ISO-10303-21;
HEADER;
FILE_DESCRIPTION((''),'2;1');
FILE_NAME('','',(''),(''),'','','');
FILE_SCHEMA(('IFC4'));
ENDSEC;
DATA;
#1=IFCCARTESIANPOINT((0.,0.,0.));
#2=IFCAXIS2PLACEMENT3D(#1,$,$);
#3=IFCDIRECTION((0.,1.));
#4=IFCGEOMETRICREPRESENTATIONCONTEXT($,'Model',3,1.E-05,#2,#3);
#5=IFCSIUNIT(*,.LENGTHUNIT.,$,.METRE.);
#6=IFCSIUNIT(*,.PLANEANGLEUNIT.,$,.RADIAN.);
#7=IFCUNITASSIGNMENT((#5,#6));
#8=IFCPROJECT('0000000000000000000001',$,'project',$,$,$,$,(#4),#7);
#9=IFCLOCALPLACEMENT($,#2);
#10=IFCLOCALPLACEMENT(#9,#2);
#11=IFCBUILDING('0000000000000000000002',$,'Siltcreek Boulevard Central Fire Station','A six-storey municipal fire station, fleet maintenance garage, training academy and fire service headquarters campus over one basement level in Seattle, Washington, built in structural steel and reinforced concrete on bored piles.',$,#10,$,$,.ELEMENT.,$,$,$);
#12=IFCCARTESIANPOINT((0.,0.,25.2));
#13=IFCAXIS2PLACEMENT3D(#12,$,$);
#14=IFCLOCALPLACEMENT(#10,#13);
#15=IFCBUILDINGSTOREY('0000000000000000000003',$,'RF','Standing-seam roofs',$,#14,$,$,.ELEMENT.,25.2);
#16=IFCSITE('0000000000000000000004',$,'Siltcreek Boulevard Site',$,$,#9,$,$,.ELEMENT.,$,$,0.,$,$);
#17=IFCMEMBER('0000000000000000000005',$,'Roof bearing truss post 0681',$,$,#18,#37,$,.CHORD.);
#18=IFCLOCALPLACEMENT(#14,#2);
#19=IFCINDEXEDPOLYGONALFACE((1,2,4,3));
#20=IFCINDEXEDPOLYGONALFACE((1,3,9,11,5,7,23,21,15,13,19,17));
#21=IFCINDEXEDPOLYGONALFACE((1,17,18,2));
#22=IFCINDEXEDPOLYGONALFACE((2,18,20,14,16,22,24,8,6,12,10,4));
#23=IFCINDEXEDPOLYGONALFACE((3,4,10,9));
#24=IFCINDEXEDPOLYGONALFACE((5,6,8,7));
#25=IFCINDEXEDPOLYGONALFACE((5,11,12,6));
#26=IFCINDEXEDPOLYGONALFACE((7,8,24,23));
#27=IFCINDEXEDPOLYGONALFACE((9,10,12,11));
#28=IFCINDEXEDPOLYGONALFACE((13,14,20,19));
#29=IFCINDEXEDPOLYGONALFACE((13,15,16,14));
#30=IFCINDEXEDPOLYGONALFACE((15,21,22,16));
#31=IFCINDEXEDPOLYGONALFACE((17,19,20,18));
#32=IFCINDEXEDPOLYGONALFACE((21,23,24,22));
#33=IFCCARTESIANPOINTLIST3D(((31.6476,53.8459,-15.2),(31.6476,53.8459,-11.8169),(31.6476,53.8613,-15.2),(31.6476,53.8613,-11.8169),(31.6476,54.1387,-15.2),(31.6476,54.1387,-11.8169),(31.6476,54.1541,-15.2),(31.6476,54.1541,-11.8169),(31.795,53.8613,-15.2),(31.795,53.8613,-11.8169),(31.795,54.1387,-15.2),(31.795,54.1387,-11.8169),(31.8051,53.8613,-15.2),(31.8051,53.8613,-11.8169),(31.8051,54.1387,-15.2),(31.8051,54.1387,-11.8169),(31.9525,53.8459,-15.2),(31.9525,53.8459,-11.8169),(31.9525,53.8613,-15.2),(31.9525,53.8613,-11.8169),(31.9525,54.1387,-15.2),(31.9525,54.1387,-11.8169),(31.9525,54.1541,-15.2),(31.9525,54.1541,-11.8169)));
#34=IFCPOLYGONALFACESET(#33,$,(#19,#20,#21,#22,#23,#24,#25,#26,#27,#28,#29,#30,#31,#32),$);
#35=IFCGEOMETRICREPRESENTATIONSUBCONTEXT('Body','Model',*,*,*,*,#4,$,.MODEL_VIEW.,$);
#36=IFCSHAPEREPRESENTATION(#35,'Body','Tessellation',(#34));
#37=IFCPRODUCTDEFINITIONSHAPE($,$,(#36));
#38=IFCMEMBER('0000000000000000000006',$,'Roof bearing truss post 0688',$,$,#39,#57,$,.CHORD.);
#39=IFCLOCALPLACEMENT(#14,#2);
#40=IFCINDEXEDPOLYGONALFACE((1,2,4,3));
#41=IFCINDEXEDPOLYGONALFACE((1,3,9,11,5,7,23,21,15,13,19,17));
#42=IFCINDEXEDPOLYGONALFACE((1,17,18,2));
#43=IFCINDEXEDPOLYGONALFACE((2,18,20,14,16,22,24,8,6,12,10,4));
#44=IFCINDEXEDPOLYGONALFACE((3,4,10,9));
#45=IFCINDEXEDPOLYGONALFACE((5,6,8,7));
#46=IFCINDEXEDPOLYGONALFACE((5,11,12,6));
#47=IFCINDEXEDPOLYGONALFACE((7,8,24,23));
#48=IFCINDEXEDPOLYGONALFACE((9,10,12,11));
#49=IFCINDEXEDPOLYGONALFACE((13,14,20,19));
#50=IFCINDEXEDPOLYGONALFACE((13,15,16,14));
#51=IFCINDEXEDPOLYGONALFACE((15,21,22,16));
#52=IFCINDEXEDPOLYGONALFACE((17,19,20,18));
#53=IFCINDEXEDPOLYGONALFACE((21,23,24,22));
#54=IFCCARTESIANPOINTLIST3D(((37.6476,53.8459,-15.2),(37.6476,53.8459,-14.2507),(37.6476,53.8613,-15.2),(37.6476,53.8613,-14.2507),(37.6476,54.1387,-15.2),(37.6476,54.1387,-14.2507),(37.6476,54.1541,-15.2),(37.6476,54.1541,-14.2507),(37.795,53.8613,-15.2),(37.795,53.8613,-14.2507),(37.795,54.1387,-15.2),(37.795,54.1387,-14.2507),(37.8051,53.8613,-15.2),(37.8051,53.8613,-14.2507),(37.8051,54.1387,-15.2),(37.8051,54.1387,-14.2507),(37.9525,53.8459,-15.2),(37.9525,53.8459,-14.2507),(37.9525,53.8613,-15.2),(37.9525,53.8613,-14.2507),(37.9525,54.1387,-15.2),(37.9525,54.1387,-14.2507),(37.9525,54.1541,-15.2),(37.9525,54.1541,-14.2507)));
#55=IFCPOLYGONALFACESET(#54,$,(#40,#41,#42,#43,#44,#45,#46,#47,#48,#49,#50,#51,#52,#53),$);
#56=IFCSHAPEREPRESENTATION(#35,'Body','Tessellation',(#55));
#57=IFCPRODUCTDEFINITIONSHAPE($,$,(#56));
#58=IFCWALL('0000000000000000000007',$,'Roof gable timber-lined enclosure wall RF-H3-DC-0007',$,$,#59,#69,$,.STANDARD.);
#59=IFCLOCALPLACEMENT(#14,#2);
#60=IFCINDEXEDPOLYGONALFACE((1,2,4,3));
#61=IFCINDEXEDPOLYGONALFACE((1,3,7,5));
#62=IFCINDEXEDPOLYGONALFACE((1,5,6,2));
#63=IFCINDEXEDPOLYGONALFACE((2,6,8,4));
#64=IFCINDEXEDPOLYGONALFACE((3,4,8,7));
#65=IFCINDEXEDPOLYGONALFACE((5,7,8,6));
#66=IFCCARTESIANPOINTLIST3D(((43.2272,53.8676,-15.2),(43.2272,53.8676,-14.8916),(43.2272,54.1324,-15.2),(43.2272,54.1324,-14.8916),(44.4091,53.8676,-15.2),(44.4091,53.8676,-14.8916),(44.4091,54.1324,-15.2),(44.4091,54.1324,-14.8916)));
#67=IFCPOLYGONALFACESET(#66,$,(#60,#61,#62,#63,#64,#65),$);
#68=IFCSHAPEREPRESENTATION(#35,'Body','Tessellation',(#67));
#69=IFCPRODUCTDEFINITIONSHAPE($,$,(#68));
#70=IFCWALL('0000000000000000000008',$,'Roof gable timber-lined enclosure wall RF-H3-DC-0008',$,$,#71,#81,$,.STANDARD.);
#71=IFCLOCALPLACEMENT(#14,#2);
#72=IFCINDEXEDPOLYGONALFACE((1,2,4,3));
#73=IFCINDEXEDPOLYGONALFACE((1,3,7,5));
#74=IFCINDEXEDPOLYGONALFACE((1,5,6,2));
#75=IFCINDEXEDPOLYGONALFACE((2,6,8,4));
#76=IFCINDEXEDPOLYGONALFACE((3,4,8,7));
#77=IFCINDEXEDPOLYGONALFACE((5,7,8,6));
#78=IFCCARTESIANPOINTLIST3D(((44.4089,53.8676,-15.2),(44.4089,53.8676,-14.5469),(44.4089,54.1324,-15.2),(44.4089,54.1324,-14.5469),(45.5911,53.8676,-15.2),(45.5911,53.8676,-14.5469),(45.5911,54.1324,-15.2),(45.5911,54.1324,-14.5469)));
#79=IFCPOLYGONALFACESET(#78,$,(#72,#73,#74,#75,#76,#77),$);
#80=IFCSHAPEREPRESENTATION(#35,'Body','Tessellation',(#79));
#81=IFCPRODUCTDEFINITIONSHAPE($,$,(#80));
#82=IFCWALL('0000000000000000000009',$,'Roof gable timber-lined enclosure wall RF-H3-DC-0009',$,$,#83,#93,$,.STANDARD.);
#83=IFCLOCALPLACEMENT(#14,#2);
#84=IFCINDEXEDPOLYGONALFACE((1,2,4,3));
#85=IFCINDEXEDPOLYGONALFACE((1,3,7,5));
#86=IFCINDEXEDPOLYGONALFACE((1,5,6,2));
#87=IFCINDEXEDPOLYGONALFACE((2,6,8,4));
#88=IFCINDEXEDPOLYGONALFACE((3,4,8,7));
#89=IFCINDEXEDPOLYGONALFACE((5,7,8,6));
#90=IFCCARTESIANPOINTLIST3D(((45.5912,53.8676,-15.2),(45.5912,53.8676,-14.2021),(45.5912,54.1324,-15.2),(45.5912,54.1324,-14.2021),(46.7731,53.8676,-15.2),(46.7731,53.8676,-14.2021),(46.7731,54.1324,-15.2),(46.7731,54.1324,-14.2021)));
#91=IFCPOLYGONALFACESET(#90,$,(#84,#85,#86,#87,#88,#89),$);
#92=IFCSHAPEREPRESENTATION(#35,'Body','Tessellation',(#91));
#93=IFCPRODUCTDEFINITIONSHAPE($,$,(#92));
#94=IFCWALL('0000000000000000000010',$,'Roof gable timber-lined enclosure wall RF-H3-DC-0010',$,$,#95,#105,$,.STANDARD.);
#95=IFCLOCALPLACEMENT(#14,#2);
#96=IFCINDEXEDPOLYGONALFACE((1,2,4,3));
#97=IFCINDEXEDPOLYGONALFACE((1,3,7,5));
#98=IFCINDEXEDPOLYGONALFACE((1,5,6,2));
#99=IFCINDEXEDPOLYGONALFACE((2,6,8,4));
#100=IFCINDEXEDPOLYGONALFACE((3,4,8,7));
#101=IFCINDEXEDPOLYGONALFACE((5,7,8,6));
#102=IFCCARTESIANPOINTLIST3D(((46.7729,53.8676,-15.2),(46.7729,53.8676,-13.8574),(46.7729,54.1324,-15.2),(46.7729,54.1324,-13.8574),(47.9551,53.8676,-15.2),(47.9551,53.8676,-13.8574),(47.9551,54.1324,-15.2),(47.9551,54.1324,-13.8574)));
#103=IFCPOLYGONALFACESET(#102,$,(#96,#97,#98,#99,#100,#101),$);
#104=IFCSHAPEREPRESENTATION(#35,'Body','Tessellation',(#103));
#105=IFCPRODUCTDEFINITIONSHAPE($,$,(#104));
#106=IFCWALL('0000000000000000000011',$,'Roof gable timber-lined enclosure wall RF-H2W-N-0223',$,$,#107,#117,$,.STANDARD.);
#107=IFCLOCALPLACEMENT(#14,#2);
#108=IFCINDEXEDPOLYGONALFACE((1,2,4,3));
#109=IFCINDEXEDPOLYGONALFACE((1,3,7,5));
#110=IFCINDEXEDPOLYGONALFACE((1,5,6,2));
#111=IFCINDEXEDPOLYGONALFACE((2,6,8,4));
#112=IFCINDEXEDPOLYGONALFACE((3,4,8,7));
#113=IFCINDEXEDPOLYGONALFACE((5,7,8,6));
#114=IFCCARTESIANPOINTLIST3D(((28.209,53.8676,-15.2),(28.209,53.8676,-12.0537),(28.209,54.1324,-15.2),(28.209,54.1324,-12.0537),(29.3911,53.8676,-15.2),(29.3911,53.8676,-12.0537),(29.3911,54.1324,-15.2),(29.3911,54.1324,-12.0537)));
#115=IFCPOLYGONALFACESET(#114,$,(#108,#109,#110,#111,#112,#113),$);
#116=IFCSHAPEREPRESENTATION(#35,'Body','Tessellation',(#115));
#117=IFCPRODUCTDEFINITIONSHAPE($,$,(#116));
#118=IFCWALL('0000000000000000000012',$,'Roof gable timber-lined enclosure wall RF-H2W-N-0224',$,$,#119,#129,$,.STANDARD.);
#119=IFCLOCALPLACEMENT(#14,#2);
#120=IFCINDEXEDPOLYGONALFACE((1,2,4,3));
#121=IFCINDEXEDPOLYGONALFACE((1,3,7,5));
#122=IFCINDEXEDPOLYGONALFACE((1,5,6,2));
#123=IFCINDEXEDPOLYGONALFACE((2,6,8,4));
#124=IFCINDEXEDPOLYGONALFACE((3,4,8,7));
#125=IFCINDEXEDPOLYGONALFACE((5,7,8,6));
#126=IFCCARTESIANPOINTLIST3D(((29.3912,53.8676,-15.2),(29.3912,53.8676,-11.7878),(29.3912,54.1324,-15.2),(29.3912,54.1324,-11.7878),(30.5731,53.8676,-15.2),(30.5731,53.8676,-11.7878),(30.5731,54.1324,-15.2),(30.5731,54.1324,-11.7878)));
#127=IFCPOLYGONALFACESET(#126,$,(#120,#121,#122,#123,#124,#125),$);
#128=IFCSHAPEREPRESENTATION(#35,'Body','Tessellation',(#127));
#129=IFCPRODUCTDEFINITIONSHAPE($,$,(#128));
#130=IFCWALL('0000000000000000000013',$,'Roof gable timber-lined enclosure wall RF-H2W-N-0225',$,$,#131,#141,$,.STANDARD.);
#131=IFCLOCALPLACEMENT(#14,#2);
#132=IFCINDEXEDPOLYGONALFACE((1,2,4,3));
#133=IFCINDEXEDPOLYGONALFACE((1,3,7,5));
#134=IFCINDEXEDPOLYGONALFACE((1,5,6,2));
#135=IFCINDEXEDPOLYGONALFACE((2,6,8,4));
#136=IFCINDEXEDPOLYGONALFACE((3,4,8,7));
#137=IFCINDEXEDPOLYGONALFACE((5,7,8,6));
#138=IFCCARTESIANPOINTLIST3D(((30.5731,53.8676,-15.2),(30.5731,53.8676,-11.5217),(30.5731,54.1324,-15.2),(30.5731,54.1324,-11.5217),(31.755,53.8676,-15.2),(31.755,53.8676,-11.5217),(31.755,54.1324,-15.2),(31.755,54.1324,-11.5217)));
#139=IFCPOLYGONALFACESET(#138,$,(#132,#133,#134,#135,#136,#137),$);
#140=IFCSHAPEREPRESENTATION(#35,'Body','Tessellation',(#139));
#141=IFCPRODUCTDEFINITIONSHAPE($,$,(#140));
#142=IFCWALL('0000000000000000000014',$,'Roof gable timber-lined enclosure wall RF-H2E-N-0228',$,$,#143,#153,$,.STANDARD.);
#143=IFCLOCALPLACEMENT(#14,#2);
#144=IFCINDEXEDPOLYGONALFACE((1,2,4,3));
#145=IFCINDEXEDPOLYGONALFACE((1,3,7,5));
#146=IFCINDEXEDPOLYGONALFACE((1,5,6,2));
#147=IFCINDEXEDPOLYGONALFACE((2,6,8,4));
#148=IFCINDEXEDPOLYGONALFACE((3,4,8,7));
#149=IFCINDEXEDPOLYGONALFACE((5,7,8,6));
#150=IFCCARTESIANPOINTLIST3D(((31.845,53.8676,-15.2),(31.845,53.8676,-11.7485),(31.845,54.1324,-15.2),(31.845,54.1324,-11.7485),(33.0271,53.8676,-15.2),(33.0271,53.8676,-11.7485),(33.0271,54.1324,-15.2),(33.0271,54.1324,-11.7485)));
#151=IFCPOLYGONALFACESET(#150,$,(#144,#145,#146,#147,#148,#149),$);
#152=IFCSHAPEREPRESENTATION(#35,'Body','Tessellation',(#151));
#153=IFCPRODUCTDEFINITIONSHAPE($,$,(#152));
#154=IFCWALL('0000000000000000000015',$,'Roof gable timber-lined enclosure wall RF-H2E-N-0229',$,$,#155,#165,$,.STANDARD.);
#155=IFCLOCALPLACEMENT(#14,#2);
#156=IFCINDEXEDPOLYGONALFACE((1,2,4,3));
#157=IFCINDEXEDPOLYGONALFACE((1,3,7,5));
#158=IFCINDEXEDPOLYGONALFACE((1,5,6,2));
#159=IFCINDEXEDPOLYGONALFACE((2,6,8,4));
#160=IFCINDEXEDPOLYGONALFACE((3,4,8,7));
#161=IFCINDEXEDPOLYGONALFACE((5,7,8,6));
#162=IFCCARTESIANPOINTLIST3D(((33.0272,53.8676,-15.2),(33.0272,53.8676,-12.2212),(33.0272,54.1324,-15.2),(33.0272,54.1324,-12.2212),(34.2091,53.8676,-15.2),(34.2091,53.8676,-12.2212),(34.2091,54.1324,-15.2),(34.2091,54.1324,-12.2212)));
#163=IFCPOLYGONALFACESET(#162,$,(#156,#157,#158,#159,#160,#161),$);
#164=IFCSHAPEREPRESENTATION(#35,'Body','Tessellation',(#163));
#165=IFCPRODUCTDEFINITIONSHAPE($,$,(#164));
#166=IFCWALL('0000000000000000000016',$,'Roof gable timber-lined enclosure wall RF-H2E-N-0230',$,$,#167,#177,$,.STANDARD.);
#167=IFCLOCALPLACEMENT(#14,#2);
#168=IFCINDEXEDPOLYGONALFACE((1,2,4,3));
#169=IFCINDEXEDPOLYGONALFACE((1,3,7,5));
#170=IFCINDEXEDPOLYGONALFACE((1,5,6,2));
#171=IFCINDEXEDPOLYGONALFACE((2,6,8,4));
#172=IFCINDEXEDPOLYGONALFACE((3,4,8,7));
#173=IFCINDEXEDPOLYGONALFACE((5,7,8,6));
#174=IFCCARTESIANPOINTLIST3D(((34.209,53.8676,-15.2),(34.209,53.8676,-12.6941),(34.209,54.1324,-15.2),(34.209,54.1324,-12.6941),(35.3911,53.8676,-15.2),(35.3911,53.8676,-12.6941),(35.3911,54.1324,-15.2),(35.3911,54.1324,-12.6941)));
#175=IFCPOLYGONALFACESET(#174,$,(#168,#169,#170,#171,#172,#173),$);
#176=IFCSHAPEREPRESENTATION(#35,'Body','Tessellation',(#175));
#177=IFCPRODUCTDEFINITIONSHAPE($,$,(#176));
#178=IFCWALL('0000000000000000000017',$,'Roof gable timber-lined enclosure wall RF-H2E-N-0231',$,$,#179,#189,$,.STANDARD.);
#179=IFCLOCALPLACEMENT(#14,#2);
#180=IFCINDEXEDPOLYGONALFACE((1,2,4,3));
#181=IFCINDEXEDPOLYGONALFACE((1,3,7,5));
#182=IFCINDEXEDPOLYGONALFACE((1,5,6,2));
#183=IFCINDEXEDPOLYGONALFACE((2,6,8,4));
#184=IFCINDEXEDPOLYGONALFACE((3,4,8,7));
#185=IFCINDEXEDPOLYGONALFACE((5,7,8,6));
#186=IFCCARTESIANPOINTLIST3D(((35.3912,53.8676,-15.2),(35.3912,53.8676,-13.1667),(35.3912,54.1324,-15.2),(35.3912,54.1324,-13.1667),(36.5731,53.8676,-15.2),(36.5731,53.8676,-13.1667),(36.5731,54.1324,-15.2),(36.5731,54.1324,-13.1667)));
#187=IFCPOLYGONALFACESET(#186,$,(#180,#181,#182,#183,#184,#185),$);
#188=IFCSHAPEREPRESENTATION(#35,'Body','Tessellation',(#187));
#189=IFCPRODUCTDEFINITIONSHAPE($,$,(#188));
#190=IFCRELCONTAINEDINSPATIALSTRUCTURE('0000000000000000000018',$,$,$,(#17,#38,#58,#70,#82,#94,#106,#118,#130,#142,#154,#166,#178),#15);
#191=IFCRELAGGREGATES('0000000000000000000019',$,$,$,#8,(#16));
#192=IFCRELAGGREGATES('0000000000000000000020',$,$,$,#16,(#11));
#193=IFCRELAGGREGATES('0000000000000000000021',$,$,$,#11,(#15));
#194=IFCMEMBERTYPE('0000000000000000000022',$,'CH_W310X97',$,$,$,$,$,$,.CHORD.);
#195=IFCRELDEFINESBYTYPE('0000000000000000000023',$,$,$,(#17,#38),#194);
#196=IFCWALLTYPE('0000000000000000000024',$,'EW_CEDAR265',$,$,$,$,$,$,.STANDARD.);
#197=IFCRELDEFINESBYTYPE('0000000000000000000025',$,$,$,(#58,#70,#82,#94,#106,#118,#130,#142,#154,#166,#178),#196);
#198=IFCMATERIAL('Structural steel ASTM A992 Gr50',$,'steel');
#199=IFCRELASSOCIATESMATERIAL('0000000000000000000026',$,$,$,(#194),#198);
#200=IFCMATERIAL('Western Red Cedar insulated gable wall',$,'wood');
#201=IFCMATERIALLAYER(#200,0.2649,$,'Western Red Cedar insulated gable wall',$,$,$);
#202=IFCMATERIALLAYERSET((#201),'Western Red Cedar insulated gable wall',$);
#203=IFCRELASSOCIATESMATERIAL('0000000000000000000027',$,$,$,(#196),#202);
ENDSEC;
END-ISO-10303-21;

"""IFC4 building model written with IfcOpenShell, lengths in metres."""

from ifc_helpers import new_model, si_unit, direction, frame, frame_2d, origin, origin_2d, place, context, subcontext, project, spatial, rectangle, i_section, extrude, material, layer, layer_set, material_profile, profile_set, type_object, element, save


model = new_model("IFC4")

# Units and contexts
model_context = context("Model", 3, precision=1e-05, world=origin(), true_north=direction((0.0, 1.0)))
body_context = subcontext(model_context, "Body", "Model", "MODEL_VIEW")
ifc_project = project(units=[si_unit("LENGTHUNIT", "METRE"), si_unit("PLANEANGLEUNIT", "RADIAN")], contexts=[model_context])

# Site, building, storey
site_placement = place(None, origin())
site = spatial("IfcSite", under=ifc_project, at=site_placement, Name="Siltcreek Boulevard Site", CompositionType="ELEMENT", RefElevation=0.0)
building_placement = place(site_placement, origin())
building = spatial("IfcBuilding", under=site, at=building_placement, Name="Siltcreek Boulevard Central Fire Station", Description="A six-storey municipal fire station, fleet maintenance garage, training academy and fire service headquarters campus over one basement level in Seattle, Washington, built in structural steel and reinforced concrete on bored piles.", CompositionType="ELEMENT")
storey_placement = place(building_placement, frame((0.0, 0.0, 25.2)))
storey = spatial("IfcBuildingStorey", under=building, at=storey_placement, Name="RF", Description="Standing-seam roofs", CompositionType="ELEMENT", Elevation=25.2)

# Members
ifc_material_1 = material(Name="Structural steel ASTM A992 Gr50", Category="steel")
ifc_material_profile = material_profile(ifc_material_1, i_section(OverallWidth=0.3049, OverallDepth=0.3081, WebThickness=0.01, FlangeThickness=0.0154, at=origin_2d()), Name="W310X97")
ifc_profile_set = profile_set([ifc_material_profile], Name="Structural steel ASTM A992 Gr50")
member_type = type_object("IfcMemberType", Name="CH_W310X97", PredefinedType="CHORD", material=ifc_profile_set)
member_1_placement = place(storey_placement, frame((31.8, 54.0, -15.2), z_axis=(0.0, 0.0, 1.0), x_axis=(1.0, 0.0, 0.0)))
element("IfcMember", 1, at=member_1_placement, inside=storey, type_object=member_type, Name="Roof bearing truss post 0681", PredefinedType="CHORD", context=body_context, shape_type="SweptSolid", body=[
    extrude(i_section(OverallWidth=0.3049, OverallDepth=0.3081, WebThickness=0.01, FlangeThickness=0.0154, at=origin_2d()), origin(), (0.0, 0.0, 1.0), 3.3831),
])
member_2_placement = place(storey_placement, frame((37.8, 54.0, -15.2), z_axis=(0.0, 0.0, 1.0), x_axis=(1.0, 0.0, 0.0)))
element("IfcMember", 2, at=member_2_placement, inside=storey, type_object=member_type, Name="Roof bearing truss post 0688", PredefinedType="CHORD", context=body_context, shape_type="SweptSolid", body=[
    extrude(i_section(OverallWidth=0.3049, OverallDepth=0.3081, WebThickness=0.01, FlangeThickness=0.0154, at=origin_2d()), origin(), (0.0, 0.0, 1.0), 0.9492),
])

# Walls
ifc_material_2 = material(Name="Western Red Cedar insulated gable wall", Category="wood")
ifc_layer_1 = layer(ifc_material_2, 0.2649, Name="Western Red Cedar insulated gable wall")
ifc_layer_set_1 = layer_set([ifc_layer_1], Name="Western Red Cedar insulated gable wall")
wall_type = type_object("IfcWallType", Name="EW_CEDAR265", PredefinedType="STANDARD", material=ifc_layer_set_1)
wall_1_placement = place(storey_placement, frame((44.4089, 54.0, -15.2), z_axis=(0.0, 0.0, 1.0), x_axis=(-1.0, 0.0, 0.0)))
element("IfcWall", 3, at=wall_1_placement, inside=storey, type_object=wall_type, Name="Roof gable timber-lined enclosure wall RF-H3-DC-0007", PredefinedType="STANDARD", context=body_context, shape_type="SweptSolid", body=[
    extrude(rectangle(XDim=1.1819, YDim=0.2649, at=frame_2d((0.5908, 0.0))), origin(), (0.0, 0.0, 1.0), 0.3083),
])
wall_2_placement = place(storey_placement, frame((45.5911, 54.0, -15.2), z_axis=(0.0, 0.0, 1.0), x_axis=(-1.0, 0.0, 0.0)))
element("IfcWall", 4, at=wall_2_placement, inside=storey, type_object=wall_type, Name="Roof gable timber-lined enclosure wall RF-H3-DC-0008", PredefinedType="STANDARD", context=body_context, shape_type="SweptSolid", body=[
    extrude(rectangle(XDim=1.1821, YDim=0.2649, at=frame_2d((0.5911, 0.0))), origin(), (0.0, 0.0, 1.0), 0.6531),
])
wall_3_placement = place(storey_placement, frame((46.7729, 54.0, -15.2), z_axis=(0.0, 0.0, 1.0), x_axis=(-1.0, 0.0, 0.0)))
element("IfcWall", 5, at=wall_3_placement, inside=storey, type_object=wall_type, Name="Roof gable timber-lined enclosure wall RF-H3-DC-0009", PredefinedType="STANDARD", context=body_context, shape_type="SweptSolid", body=[
    extrude(rectangle(XDim=1.1819, YDim=0.2649, at=frame_2d((0.5908, 0.0))), origin(), (0.0, 0.0, 1.0), 0.9978),
])
wall_4_placement = place(storey_placement, frame((47.9551, 54.0, -15.2), z_axis=(0.0, 0.0, 1.0), x_axis=(-1.0, 0.0, 0.0)))
element("IfcWall", 6, at=wall_4_placement, inside=storey, type_object=wall_type, Name="Roof gable timber-lined enclosure wall RF-H3-DC-0010", PredefinedType="STANDARD", context=body_context, shape_type="SweptSolid", body=[
    extrude(rectangle(XDim=1.1821, YDim=0.2649, at=frame_2d((0.5911, 0.0))), origin(), (0.0, 0.0, 1.0), 1.3425),
])
wall_5_placement = place(storey_placement, frame((29.3911, 54.0, -15.2), z_axis=(0.0, 0.0, 1.0), x_axis=(-1.0, 0.0, 0.0)))
element("IfcWall", 7, at=wall_5_placement, inside=storey, type_object=wall_type, Name="Roof gable timber-lined enclosure wall RF-H2W-N-0223", PredefinedType="STANDARD", context=body_context, shape_type="SweptSolid", body=[
    extrude(rectangle(XDim=1.1821, YDim=0.2649, at=frame_2d((0.5911, 0.0))), origin(), (0.0, 0.0, 1.0), 3.1462),
])
wall_6_placement = place(storey_placement, frame((30.573, 54.0, -15.2), z_axis=(0.0, 0.0, 1.0), x_axis=(-1.0, 0.0, 0.0)))
element("IfcWall", 8, at=wall_6_placement, inside=storey, type_object=wall_type, Name="Roof gable timber-lined enclosure wall RF-H2W-N-0224", PredefinedType="STANDARD", context=body_context, shape_type="SweptSolid", body=[
    extrude(rectangle(XDim=1.1819, YDim=0.2649, at=frame_2d((0.5908, 0.0))), origin(), (0.0, 0.0, 1.0), 3.4121),
])
wall_7_placement = place(storey_placement, frame((31.7549, 54.0, -15.2), z_axis=(0.0, 0.0, 1.0), x_axis=(-1.0, 0.0, 0.0)))
element("IfcWall", 9, at=wall_7_placement, inside=storey, type_object=wall_type, Name="Roof gable timber-lined enclosure wall RF-H2W-N-0225", PredefinedType="STANDARD", context=body_context, shape_type="SweptSolid", body=[
    extrude(rectangle(XDim=1.1819, YDim=0.2649, at=frame_2d((0.5908, 0.0))), origin(), (0.0, 0.0, 1.0), 3.6782),
])
wall_8_placement = place(storey_placement, frame((33.0271, 54.0, -15.2), z_axis=(0.0, 0.0, 1.0), x_axis=(-1.0, 0.0, 0.0)))
element("IfcWall", 10, at=wall_8_placement, inside=storey, type_object=wall_type, Name="Roof gable timber-lined enclosure wall RF-H2E-N-0228", PredefinedType="STANDARD", context=body_context, shape_type="SweptSolid", body=[
    extrude(rectangle(XDim=1.1821, YDim=0.2649, at=frame_2d((0.5911, 0.0))), origin(), (0.0, 0.0, 1.0), 3.4514),
])
wall_9_placement = place(storey_placement, frame((34.209, 54.0, -15.2), z_axis=(0.0, 0.0, 1.0), x_axis=(-1.0, 0.0, 0.0)))
element("IfcWall", 11, at=wall_9_placement, inside=storey, type_object=wall_type, Name="Roof gable timber-lined enclosure wall RF-H2E-N-0229", PredefinedType="STANDARD", context=body_context, shape_type="SweptSolid", body=[
    extrude(rectangle(XDim=1.1819, YDim=0.2649, at=frame_2d((0.5908, 0.0))), origin(), (0.0, 0.0, 1.0), 2.9788),
])
wall_10_placement = place(storey_placement, frame((35.3911, 54.0, -15.2), z_axis=(0.0, 0.0, 1.0), x_axis=(-1.0, 0.0, 0.0)))
element("IfcWall", 12, at=wall_10_placement, inside=storey, type_object=wall_type, Name="Roof gable timber-lined enclosure wall RF-H2E-N-0230", PredefinedType="STANDARD", context=body_context, shape_type="SweptSolid", body=[
    extrude(rectangle(XDim=1.1821, YDim=0.2649, at=frame_2d((0.5911, 0.0))), origin(), (0.0, 0.0, 1.0), 2.5059),
])
wall_11_placement = place(storey_placement, frame((36.573, 54.0, -15.2), z_axis=(0.0, 0.0, 1.0), x_axis=(-1.0, 0.0, 0.0)))
element("IfcWall", 13, at=wall_11_placement, inside=storey, type_object=wall_type, Name="Roof gable timber-lined enclosure wall RF-H2E-N-0231", PredefinedType="STANDARD", context=body_context, shape_type="SweptSolid", body=[
    extrude(rectangle(XDim=1.1819, YDim=0.2649, at=frame_2d((0.5908, 0.0))), origin(), (0.0, 0.0, 1.0), 2.0332),
])

save(model, "model.ifc")
